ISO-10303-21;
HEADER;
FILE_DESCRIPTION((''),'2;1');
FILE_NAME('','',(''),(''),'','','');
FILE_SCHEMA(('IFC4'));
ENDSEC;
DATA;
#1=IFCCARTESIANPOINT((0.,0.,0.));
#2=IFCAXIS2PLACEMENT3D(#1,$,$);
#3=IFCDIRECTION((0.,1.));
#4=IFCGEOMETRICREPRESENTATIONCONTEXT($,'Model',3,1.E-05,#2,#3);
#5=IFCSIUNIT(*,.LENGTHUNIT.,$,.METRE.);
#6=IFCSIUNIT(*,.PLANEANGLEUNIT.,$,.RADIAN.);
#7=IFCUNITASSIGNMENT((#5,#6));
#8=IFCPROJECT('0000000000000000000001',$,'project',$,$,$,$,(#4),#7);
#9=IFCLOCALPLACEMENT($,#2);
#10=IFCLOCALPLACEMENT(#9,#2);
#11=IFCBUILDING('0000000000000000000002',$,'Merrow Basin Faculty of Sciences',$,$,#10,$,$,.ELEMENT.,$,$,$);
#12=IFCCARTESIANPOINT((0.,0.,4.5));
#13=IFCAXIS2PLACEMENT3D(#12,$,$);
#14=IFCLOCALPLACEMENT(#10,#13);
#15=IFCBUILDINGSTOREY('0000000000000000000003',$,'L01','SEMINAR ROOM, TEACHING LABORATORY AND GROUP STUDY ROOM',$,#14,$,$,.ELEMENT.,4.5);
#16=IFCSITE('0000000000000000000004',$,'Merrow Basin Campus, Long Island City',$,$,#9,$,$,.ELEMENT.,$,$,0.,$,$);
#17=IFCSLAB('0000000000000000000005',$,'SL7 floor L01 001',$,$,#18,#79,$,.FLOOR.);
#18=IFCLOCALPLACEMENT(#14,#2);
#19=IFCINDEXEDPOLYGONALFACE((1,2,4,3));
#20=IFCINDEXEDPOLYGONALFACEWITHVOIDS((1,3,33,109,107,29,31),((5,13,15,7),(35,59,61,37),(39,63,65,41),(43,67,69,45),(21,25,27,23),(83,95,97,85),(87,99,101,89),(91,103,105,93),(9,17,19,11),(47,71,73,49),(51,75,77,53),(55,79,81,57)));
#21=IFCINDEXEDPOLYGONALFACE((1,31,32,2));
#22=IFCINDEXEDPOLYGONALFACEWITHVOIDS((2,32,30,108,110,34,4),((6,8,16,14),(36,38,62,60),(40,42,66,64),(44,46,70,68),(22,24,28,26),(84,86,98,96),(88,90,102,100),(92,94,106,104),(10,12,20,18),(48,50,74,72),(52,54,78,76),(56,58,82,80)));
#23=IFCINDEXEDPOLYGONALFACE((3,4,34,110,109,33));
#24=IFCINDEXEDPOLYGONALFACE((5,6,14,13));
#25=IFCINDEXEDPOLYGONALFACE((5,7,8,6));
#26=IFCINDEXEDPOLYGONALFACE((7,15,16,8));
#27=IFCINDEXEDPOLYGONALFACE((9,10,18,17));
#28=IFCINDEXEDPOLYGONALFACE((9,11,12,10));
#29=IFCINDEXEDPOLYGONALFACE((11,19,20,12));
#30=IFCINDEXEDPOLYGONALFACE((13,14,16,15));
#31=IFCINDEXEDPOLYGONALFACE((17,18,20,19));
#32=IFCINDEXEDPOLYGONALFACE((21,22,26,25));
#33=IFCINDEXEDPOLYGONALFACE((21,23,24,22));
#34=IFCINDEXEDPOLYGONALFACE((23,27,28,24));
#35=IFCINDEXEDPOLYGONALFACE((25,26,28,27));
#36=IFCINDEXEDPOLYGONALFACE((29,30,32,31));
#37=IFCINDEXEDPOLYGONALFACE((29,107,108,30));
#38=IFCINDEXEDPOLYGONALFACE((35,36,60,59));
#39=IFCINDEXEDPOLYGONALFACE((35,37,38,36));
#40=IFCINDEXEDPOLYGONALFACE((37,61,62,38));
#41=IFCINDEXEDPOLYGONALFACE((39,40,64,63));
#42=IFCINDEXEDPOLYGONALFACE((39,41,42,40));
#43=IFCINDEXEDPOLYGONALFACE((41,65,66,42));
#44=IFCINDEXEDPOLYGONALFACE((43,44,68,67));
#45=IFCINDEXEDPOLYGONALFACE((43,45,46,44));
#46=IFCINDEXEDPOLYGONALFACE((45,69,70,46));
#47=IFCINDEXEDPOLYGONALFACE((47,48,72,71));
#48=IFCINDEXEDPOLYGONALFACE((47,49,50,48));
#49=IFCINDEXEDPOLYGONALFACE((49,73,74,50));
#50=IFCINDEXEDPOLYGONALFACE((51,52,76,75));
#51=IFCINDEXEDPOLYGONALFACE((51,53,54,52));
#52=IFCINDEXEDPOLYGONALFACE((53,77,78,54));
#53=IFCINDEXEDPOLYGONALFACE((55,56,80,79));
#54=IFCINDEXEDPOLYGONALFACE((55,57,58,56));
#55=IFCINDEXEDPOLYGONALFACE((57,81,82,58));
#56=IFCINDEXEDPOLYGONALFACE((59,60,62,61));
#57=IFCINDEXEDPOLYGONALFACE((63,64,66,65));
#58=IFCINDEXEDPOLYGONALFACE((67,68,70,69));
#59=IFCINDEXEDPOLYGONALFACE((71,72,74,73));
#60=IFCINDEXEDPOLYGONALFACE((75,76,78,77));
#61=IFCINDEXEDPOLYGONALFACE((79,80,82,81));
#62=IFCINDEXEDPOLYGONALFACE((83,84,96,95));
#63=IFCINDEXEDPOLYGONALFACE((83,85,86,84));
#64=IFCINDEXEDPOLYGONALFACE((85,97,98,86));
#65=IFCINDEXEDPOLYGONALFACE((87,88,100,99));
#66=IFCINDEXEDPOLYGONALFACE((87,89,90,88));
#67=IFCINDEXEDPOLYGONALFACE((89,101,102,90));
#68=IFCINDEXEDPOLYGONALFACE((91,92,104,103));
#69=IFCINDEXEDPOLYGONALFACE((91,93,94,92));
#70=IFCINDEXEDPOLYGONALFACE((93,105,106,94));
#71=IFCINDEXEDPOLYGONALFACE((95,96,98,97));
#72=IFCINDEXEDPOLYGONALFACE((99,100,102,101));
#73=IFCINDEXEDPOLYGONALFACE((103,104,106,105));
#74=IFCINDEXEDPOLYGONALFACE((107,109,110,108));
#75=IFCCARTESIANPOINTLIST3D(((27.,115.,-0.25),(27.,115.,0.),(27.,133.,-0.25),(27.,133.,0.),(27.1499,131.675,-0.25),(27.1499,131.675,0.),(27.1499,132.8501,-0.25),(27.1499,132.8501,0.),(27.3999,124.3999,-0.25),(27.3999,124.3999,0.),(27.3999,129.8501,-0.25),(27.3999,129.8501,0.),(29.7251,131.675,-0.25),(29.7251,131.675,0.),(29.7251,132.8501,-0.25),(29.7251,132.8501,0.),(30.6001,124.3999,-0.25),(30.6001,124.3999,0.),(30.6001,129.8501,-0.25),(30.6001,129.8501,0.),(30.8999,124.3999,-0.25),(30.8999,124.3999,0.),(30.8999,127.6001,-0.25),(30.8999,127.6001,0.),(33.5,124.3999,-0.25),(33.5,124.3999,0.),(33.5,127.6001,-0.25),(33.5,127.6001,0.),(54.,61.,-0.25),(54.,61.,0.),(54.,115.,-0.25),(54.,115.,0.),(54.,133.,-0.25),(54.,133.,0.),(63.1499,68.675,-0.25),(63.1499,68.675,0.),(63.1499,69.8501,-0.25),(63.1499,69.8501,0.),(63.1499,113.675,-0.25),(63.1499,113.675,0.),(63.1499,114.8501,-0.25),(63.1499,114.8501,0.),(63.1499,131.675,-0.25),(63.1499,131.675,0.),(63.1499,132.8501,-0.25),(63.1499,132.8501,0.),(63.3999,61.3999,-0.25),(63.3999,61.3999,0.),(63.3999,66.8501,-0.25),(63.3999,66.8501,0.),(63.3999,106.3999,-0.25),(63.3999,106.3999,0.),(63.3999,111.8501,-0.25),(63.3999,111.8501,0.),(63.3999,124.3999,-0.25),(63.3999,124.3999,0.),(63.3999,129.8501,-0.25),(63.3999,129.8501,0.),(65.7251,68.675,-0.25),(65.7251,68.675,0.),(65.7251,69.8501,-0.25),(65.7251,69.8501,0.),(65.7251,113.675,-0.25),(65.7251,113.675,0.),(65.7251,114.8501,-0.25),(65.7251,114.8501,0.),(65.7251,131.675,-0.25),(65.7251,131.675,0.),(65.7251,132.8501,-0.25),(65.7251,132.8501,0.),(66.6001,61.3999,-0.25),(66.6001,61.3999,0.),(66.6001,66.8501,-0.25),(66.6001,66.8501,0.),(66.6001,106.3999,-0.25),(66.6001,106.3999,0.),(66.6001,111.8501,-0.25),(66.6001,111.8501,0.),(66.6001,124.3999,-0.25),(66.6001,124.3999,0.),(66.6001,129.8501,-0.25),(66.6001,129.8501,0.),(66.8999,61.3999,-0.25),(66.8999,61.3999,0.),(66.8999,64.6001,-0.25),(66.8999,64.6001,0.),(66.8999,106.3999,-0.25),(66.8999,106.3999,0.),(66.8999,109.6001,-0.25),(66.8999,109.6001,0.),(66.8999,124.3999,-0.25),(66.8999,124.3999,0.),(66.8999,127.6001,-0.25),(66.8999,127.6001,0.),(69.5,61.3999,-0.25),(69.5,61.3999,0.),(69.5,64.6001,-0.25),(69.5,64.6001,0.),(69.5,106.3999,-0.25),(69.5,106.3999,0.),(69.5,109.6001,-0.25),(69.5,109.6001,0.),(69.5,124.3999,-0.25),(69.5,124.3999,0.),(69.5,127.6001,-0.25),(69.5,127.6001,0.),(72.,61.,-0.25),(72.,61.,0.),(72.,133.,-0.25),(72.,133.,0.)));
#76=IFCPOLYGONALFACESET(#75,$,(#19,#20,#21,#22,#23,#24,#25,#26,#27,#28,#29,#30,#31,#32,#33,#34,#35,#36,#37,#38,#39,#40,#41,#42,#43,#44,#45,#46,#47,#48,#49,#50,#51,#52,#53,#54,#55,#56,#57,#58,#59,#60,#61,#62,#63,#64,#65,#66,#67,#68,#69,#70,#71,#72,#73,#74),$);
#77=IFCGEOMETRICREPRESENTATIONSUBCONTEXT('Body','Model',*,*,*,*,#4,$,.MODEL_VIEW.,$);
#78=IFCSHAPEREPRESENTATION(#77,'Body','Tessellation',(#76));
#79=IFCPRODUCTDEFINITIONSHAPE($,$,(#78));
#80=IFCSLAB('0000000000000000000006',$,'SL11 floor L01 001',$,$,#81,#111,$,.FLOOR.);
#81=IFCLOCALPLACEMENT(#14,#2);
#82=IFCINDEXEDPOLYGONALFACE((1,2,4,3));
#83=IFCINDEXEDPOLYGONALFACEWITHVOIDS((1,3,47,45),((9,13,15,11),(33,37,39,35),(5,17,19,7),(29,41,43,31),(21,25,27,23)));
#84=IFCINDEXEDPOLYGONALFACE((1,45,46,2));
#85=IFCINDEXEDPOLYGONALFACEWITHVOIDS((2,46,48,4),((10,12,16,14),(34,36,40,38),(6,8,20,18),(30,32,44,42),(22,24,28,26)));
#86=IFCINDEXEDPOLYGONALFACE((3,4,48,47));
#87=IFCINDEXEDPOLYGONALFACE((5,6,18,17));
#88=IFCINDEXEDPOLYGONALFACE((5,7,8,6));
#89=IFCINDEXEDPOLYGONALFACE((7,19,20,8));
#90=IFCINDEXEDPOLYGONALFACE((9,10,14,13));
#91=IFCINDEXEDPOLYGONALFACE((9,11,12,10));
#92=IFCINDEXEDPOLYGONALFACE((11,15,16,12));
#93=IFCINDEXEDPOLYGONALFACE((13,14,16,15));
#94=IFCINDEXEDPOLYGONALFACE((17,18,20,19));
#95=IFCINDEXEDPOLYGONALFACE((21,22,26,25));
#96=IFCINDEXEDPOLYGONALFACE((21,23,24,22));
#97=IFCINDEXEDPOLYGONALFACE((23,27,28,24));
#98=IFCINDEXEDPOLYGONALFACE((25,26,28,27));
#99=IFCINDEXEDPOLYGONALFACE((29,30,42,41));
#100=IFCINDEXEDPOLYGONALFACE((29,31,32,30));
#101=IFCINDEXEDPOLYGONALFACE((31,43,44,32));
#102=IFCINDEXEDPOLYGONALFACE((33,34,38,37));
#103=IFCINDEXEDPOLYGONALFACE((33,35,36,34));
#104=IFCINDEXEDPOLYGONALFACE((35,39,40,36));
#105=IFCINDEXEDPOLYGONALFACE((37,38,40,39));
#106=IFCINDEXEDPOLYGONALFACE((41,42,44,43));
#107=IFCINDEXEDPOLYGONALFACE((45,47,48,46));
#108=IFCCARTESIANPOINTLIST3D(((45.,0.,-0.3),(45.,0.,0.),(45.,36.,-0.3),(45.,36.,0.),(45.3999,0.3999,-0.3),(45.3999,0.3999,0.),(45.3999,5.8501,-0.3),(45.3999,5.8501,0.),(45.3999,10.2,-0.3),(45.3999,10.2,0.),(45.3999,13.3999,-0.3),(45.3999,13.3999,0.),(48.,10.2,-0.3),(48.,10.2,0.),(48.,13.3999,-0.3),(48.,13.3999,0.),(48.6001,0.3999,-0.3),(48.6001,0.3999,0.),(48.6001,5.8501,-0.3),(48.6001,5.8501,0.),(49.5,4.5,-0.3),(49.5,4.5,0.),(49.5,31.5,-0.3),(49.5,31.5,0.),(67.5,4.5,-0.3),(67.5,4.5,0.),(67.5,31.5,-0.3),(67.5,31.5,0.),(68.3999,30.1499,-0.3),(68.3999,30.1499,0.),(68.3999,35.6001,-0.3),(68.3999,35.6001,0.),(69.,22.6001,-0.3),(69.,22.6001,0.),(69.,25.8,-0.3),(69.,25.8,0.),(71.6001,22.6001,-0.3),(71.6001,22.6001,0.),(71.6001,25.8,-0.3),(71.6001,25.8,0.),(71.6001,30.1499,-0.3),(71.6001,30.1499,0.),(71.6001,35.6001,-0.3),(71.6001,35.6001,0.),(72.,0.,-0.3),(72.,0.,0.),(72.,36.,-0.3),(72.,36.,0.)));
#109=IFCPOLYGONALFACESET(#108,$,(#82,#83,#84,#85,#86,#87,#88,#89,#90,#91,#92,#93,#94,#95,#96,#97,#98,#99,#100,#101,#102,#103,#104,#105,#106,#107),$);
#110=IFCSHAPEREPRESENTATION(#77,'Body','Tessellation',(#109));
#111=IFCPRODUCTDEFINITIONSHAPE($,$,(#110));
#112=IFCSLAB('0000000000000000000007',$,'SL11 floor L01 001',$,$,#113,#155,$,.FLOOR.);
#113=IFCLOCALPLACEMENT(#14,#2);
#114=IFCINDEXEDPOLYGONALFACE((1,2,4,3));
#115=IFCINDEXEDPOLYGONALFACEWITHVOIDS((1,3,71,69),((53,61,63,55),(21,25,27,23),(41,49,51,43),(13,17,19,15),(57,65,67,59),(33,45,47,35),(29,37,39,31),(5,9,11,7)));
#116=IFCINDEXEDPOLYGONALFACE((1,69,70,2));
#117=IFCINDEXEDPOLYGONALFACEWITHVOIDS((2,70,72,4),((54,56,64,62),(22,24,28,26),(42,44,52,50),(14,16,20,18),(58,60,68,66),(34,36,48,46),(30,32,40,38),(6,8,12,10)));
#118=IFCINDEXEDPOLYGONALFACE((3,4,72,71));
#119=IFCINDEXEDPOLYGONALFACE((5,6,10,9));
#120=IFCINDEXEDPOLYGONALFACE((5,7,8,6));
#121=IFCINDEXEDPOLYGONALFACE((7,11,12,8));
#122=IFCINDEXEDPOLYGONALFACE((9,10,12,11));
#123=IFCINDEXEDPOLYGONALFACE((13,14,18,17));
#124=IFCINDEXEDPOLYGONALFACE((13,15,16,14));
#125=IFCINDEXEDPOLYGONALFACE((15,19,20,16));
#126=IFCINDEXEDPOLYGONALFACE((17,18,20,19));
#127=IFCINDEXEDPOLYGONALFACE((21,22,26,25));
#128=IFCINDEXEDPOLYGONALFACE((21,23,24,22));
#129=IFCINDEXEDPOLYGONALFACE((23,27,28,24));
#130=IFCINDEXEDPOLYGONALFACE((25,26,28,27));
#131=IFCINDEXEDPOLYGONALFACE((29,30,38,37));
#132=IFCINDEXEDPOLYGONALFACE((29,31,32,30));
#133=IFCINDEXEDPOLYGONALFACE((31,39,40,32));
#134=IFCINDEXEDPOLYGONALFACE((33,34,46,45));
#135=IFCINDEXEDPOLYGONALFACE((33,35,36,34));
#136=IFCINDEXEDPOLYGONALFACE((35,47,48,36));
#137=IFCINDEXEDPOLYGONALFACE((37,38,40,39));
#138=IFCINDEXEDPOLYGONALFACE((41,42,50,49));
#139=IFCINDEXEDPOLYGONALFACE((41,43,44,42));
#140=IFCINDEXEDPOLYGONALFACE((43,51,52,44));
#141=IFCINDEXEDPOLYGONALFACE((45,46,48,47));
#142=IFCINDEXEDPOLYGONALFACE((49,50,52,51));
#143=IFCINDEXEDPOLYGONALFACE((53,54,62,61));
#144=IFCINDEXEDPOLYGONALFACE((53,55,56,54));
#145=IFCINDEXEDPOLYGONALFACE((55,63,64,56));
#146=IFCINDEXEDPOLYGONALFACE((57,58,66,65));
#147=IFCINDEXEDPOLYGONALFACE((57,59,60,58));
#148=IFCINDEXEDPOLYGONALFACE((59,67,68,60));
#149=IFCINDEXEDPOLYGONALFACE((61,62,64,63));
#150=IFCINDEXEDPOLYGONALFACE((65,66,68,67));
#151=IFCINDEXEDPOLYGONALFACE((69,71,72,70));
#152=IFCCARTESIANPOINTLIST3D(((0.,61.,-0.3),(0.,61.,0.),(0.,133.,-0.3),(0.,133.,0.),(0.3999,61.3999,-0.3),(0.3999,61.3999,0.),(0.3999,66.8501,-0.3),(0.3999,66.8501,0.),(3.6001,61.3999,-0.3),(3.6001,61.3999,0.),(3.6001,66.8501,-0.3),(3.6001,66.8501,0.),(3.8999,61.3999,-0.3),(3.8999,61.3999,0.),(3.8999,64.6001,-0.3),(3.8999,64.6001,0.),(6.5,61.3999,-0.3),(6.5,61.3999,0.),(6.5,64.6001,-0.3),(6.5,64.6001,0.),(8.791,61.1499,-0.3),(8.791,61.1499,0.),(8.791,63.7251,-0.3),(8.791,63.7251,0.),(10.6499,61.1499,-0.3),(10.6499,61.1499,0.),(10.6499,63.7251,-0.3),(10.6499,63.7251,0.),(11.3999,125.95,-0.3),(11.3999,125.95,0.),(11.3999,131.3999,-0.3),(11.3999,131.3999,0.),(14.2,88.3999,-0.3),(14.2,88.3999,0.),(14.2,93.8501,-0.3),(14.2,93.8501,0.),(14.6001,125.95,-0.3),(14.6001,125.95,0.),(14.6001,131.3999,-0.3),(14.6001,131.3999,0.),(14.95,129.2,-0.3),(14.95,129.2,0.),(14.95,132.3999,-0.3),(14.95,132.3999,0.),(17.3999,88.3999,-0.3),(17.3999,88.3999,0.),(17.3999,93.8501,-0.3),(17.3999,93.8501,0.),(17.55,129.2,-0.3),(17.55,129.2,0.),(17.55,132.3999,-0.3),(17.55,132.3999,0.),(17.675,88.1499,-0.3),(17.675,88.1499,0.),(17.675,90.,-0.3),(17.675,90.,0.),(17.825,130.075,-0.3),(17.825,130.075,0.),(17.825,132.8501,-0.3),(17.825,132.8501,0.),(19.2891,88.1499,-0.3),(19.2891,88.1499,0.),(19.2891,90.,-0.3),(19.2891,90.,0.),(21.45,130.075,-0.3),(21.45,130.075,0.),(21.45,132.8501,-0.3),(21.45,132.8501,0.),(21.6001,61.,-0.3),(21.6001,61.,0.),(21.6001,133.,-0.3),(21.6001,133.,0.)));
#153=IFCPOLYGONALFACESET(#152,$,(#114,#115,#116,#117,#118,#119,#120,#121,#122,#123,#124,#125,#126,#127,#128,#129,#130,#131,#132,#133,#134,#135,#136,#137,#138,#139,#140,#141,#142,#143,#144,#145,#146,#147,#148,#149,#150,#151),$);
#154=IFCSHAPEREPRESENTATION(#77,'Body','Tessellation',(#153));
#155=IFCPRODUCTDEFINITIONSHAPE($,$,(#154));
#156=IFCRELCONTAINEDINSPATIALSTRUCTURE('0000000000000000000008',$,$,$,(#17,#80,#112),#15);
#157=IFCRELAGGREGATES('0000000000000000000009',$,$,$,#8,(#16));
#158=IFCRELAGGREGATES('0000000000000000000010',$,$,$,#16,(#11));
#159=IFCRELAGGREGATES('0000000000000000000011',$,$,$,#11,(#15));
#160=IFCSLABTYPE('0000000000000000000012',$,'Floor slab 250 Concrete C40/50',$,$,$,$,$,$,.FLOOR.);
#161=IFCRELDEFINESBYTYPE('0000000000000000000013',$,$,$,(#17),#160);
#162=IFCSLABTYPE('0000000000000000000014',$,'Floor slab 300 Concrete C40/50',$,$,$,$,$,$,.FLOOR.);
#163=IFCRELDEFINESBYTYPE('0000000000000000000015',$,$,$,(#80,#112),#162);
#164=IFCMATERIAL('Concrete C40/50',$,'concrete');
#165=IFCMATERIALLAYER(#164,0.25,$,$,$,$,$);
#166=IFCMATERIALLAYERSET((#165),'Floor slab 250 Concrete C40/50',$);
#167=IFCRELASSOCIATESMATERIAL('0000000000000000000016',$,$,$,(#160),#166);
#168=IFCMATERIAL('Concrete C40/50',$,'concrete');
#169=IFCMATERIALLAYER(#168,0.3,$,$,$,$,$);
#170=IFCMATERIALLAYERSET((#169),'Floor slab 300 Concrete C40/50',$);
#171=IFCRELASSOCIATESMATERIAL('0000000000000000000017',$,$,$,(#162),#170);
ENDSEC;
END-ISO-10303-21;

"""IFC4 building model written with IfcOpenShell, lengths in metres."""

from ifc_helpers import new_model, si_unit, direction, frame, origin, place, context, subcontext, project, spatial, polyline, outline, extrude, material, layer, layer_set, type_object, element, save


model = new_model("IFC4")

# Units and contexts
model_context = context("Model", 3, precision=1e-05, world=origin(), true_north=direction((0.0, 1.0)))
body_context = subcontext(model_context, "Body", "Model", "MODEL_VIEW")
ifc_project = project(units=[si_unit("LENGTHUNIT", "METRE"), si_unit("PLANEANGLEUNIT", "RADIAN")], contexts=[model_context])

# Site, building, storey
site_placement = place(None, origin())
site = spatial("IfcSite", under=ifc_project, at=site_placement, Name="Merrow Basin Campus, Long Island City", CompositionType="ELEMENT", RefElevation=0.0)
building_placement = place(site_placement, origin())
building = spatial("IfcBuilding", under=site, at=building_placement, Name="Merrow Basin Faculty of Sciences", CompositionType="ELEMENT")
storey_placement = place(building_placement, frame((0.0, 0.0, 4.5)))
storey = spatial("IfcBuildingStorey", under=building, at=storey_placement, Name="L01", Description="SEMINAR ROOM, TEACHING LABORATORY AND GROUP STUDY ROOM", CompositionType="ELEMENT", Elevation=4.5)

# Slabs
ifc_material_1 = material(Name="Concrete C40/50", Category="concrete")
ifc_layer_1 = layer(ifc_material_1, 0.25)
ifc_layer_set_1 = layer_set([ifc_layer_1], Name="Floor slab 250 Concrete C40/50")
slab_type_1 = type_object("IfcSlabType", Name="Floor slab 250 Concrete C40/50", PredefinedType="FLOOR", material=ifc_layer_set_1)
slab_1_placement = place(storey_placement, frame((0.0, 0.0, -0.25)))
element("IfcSlab", 1, at=slab_1_placement, inside=storey, type_object=slab_type_1, Name="SL7 floor L01 001", PredefinedType="FLOOR", context=body_context, shape_type="SweptSolid", body=[
    extrude(outline(polyline([(54.0, 115.0), (27.0, 115.0), (27.0, 133.0), (54.0, 133.0), (72.0, 133.0), (72.0, 61.0), (54.0, 61.0), (54.0, 115.0)]), holes=[polyline([(66.8999, 106.3999), (69.5, 106.3999), (69.5, 109.6001), (66.8999, 109.6001), (66.8999, 106.3999)]), polyline([(66.8999, 124.3999), (69.5, 124.3999), (69.5, 127.6001), (66.8999, 127.6001), (66.8999, 124.3999)]), polyline([(69.5, 61.3999), (69.5, 64.6001), (66.8999, 64.6001), (66.8999, 61.3999), (69.5, 61.3999)]), polyline([(63.3999, 61.3999), (66.6001, 61.3999), (66.6001, 66.8501), (63.3999, 66.8501), (63.3999, 61.3999)]), polyline([(63.3999, 124.3999), (66.6001, 124.3999), (66.6001, 129.8501), (63.3999, 129.8501), (63.3999, 124.3999)]), polyline([(66.6001, 106.3999), (66.6001, 111.8501), (63.3999, 111.8501), (63.3999, 106.3999), (66.6001, 106.3999)]), polyline([(63.1499, 113.675), (65.7251, 113.675), (65.7251, 114.8501), (63.1499, 114.8501), (63.1499, 113.675)]), polyline([(63.1499, 131.675), (65.7251, 131.675), (65.7251, 132.8501), (63.1499, 132.8501), (63.1499, 131.675)]), polyline([(65.7251, 68.675), (65.7251, 69.8501), (63.1499, 69.8501), (63.1499, 68.675), (65.7251, 68.675)]), polyline([(30.8999, 124.3999), (33.5, 124.3999), (33.5, 127.6001), (30.8999, 127.6001), (30.8999, 124.3999)]), polyline([(30.6001, 124.3999), (30.6001, 129.8501), (27.3999, 129.8501), (27.3999, 124.3999), (30.6001, 124.3999)]), polyline([(27.1499, 131.675), (29.7251, 131.675), (29.7251, 132.8501), (27.1499, 132.8501), (27.1499, 131.675)])]), origin(), (0.0, 0.0, 1.0), 0.25),
])
ifc_material_2 = material(Name="Concrete C40/50", Category="concrete")
ifc_layer_2 = layer(ifc_material_2, 0.3)
ifc_layer_set_2 = layer_set([ifc_layer_2], Name="Floor slab 300 Concrete C40/50")
slab_type_2 = type_object("IfcSlabType", Name="Floor slab 300 Concrete C40/50", PredefinedType="FLOOR", material=ifc_layer_set_2)
slab_2_placement = place(storey_placement, frame((0.0, 0.0, -0.3)))
element("IfcSlab", 2, at=slab_2_placement, inside=storey, type_object=slab_type_2, Name="SL11 floor L01 001", PredefinedType="FLOOR", context=body_context, shape_type="SweptSolid", body=[
    extrude(outline(polyline([(72.0, 0.0), (45.0, 0.0), (45.0, 36.0), (72.0, 36.0), (72.0, 0.0)]), holes=[polyline([(71.6001, 25.8), (69.0, 25.8), (69.0, 22.6001), (71.6001, 22.6001), (71.6001, 25.8)]), polyline([(71.6001, 35.6001), (68.3999, 35.6001), (68.3999, 30.1499), (71.6001, 30.1499), (71.6001, 35.6001)]), polyline([(67.5, 4.5), (67.5, 31.5), (49.5, 31.5), (49.5, 4.5), (67.5, 4.5)]), polyline([(48.6001, 5.8501), (45.3999, 5.8501), (45.3999, 0.3999), (48.6001, 0.3999), (48.6001, 5.8501)]), polyline([(48.0, 13.3999), (45.3999, 13.3999), (45.3999, 10.2), (48.0, 10.2), (48.0, 13.3999)])]), origin(), (0.0, 0.0, 1.0), 0.3),
])
slab_3_placement = place(storey_placement, frame((0.0, 0.0, -0.3)))
element("IfcSlab", 3, at=slab_3_placement, inside=storey, type_object=slab_type_2, Name="SL11 floor L01 001", PredefinedType="FLOOR", context=body_context, shape_type="SweptSolid", body=[
    extrude(outline(polyline([(21.6001, 133.0), (21.6001, 61.0), (0.0, 61.0), (0.0, 133.0), (21.6001, 133.0)]), holes=[polyline([(21.45, 130.075), (21.45, 132.8501), (17.825, 132.8501), (17.825, 130.075), (21.45, 130.075)]), polyline([(19.2891, 88.1499), (19.2891, 90.0), (17.675, 90.0), (17.675, 88.1499), (19.2891, 88.1499)]), polyline([(17.55, 129.2), (17.55, 132.3999), (14.95, 132.3999), (14.95, 129.2), (17.55, 129.2)]), polyline([(17.3999, 88.3999), (17.3999, 93.8501), (14.2, 93.8501), (14.2, 88.3999), (17.3999, 88.3999)]), polyline([(14.6001, 125.95), (14.6001, 131.3999), (11.3999, 131.3999), (11.3999, 125.95), (14.6001, 125.95)]), polyline([(10.6499, 61.1499), (10.6499, 63.7251), (8.791, 63.7251), (8.791, 61.1499), (10.6499, 61.1499)]), polyline([(6.5, 61.3999), (6.5, 64.6001), (3.8999, 64.6001), (3.8999, 61.3999), (6.5, 61.3999)]), polyline([(3.6001, 61.3999), (3.6001, 66.8501), (0.3999, 66.8501), (0.3999, 61.3999), (3.6001, 61.3999)])]), origin(), (0.0, 0.0, 1.0), 0.3),
])

save(model, "model.ifc")
